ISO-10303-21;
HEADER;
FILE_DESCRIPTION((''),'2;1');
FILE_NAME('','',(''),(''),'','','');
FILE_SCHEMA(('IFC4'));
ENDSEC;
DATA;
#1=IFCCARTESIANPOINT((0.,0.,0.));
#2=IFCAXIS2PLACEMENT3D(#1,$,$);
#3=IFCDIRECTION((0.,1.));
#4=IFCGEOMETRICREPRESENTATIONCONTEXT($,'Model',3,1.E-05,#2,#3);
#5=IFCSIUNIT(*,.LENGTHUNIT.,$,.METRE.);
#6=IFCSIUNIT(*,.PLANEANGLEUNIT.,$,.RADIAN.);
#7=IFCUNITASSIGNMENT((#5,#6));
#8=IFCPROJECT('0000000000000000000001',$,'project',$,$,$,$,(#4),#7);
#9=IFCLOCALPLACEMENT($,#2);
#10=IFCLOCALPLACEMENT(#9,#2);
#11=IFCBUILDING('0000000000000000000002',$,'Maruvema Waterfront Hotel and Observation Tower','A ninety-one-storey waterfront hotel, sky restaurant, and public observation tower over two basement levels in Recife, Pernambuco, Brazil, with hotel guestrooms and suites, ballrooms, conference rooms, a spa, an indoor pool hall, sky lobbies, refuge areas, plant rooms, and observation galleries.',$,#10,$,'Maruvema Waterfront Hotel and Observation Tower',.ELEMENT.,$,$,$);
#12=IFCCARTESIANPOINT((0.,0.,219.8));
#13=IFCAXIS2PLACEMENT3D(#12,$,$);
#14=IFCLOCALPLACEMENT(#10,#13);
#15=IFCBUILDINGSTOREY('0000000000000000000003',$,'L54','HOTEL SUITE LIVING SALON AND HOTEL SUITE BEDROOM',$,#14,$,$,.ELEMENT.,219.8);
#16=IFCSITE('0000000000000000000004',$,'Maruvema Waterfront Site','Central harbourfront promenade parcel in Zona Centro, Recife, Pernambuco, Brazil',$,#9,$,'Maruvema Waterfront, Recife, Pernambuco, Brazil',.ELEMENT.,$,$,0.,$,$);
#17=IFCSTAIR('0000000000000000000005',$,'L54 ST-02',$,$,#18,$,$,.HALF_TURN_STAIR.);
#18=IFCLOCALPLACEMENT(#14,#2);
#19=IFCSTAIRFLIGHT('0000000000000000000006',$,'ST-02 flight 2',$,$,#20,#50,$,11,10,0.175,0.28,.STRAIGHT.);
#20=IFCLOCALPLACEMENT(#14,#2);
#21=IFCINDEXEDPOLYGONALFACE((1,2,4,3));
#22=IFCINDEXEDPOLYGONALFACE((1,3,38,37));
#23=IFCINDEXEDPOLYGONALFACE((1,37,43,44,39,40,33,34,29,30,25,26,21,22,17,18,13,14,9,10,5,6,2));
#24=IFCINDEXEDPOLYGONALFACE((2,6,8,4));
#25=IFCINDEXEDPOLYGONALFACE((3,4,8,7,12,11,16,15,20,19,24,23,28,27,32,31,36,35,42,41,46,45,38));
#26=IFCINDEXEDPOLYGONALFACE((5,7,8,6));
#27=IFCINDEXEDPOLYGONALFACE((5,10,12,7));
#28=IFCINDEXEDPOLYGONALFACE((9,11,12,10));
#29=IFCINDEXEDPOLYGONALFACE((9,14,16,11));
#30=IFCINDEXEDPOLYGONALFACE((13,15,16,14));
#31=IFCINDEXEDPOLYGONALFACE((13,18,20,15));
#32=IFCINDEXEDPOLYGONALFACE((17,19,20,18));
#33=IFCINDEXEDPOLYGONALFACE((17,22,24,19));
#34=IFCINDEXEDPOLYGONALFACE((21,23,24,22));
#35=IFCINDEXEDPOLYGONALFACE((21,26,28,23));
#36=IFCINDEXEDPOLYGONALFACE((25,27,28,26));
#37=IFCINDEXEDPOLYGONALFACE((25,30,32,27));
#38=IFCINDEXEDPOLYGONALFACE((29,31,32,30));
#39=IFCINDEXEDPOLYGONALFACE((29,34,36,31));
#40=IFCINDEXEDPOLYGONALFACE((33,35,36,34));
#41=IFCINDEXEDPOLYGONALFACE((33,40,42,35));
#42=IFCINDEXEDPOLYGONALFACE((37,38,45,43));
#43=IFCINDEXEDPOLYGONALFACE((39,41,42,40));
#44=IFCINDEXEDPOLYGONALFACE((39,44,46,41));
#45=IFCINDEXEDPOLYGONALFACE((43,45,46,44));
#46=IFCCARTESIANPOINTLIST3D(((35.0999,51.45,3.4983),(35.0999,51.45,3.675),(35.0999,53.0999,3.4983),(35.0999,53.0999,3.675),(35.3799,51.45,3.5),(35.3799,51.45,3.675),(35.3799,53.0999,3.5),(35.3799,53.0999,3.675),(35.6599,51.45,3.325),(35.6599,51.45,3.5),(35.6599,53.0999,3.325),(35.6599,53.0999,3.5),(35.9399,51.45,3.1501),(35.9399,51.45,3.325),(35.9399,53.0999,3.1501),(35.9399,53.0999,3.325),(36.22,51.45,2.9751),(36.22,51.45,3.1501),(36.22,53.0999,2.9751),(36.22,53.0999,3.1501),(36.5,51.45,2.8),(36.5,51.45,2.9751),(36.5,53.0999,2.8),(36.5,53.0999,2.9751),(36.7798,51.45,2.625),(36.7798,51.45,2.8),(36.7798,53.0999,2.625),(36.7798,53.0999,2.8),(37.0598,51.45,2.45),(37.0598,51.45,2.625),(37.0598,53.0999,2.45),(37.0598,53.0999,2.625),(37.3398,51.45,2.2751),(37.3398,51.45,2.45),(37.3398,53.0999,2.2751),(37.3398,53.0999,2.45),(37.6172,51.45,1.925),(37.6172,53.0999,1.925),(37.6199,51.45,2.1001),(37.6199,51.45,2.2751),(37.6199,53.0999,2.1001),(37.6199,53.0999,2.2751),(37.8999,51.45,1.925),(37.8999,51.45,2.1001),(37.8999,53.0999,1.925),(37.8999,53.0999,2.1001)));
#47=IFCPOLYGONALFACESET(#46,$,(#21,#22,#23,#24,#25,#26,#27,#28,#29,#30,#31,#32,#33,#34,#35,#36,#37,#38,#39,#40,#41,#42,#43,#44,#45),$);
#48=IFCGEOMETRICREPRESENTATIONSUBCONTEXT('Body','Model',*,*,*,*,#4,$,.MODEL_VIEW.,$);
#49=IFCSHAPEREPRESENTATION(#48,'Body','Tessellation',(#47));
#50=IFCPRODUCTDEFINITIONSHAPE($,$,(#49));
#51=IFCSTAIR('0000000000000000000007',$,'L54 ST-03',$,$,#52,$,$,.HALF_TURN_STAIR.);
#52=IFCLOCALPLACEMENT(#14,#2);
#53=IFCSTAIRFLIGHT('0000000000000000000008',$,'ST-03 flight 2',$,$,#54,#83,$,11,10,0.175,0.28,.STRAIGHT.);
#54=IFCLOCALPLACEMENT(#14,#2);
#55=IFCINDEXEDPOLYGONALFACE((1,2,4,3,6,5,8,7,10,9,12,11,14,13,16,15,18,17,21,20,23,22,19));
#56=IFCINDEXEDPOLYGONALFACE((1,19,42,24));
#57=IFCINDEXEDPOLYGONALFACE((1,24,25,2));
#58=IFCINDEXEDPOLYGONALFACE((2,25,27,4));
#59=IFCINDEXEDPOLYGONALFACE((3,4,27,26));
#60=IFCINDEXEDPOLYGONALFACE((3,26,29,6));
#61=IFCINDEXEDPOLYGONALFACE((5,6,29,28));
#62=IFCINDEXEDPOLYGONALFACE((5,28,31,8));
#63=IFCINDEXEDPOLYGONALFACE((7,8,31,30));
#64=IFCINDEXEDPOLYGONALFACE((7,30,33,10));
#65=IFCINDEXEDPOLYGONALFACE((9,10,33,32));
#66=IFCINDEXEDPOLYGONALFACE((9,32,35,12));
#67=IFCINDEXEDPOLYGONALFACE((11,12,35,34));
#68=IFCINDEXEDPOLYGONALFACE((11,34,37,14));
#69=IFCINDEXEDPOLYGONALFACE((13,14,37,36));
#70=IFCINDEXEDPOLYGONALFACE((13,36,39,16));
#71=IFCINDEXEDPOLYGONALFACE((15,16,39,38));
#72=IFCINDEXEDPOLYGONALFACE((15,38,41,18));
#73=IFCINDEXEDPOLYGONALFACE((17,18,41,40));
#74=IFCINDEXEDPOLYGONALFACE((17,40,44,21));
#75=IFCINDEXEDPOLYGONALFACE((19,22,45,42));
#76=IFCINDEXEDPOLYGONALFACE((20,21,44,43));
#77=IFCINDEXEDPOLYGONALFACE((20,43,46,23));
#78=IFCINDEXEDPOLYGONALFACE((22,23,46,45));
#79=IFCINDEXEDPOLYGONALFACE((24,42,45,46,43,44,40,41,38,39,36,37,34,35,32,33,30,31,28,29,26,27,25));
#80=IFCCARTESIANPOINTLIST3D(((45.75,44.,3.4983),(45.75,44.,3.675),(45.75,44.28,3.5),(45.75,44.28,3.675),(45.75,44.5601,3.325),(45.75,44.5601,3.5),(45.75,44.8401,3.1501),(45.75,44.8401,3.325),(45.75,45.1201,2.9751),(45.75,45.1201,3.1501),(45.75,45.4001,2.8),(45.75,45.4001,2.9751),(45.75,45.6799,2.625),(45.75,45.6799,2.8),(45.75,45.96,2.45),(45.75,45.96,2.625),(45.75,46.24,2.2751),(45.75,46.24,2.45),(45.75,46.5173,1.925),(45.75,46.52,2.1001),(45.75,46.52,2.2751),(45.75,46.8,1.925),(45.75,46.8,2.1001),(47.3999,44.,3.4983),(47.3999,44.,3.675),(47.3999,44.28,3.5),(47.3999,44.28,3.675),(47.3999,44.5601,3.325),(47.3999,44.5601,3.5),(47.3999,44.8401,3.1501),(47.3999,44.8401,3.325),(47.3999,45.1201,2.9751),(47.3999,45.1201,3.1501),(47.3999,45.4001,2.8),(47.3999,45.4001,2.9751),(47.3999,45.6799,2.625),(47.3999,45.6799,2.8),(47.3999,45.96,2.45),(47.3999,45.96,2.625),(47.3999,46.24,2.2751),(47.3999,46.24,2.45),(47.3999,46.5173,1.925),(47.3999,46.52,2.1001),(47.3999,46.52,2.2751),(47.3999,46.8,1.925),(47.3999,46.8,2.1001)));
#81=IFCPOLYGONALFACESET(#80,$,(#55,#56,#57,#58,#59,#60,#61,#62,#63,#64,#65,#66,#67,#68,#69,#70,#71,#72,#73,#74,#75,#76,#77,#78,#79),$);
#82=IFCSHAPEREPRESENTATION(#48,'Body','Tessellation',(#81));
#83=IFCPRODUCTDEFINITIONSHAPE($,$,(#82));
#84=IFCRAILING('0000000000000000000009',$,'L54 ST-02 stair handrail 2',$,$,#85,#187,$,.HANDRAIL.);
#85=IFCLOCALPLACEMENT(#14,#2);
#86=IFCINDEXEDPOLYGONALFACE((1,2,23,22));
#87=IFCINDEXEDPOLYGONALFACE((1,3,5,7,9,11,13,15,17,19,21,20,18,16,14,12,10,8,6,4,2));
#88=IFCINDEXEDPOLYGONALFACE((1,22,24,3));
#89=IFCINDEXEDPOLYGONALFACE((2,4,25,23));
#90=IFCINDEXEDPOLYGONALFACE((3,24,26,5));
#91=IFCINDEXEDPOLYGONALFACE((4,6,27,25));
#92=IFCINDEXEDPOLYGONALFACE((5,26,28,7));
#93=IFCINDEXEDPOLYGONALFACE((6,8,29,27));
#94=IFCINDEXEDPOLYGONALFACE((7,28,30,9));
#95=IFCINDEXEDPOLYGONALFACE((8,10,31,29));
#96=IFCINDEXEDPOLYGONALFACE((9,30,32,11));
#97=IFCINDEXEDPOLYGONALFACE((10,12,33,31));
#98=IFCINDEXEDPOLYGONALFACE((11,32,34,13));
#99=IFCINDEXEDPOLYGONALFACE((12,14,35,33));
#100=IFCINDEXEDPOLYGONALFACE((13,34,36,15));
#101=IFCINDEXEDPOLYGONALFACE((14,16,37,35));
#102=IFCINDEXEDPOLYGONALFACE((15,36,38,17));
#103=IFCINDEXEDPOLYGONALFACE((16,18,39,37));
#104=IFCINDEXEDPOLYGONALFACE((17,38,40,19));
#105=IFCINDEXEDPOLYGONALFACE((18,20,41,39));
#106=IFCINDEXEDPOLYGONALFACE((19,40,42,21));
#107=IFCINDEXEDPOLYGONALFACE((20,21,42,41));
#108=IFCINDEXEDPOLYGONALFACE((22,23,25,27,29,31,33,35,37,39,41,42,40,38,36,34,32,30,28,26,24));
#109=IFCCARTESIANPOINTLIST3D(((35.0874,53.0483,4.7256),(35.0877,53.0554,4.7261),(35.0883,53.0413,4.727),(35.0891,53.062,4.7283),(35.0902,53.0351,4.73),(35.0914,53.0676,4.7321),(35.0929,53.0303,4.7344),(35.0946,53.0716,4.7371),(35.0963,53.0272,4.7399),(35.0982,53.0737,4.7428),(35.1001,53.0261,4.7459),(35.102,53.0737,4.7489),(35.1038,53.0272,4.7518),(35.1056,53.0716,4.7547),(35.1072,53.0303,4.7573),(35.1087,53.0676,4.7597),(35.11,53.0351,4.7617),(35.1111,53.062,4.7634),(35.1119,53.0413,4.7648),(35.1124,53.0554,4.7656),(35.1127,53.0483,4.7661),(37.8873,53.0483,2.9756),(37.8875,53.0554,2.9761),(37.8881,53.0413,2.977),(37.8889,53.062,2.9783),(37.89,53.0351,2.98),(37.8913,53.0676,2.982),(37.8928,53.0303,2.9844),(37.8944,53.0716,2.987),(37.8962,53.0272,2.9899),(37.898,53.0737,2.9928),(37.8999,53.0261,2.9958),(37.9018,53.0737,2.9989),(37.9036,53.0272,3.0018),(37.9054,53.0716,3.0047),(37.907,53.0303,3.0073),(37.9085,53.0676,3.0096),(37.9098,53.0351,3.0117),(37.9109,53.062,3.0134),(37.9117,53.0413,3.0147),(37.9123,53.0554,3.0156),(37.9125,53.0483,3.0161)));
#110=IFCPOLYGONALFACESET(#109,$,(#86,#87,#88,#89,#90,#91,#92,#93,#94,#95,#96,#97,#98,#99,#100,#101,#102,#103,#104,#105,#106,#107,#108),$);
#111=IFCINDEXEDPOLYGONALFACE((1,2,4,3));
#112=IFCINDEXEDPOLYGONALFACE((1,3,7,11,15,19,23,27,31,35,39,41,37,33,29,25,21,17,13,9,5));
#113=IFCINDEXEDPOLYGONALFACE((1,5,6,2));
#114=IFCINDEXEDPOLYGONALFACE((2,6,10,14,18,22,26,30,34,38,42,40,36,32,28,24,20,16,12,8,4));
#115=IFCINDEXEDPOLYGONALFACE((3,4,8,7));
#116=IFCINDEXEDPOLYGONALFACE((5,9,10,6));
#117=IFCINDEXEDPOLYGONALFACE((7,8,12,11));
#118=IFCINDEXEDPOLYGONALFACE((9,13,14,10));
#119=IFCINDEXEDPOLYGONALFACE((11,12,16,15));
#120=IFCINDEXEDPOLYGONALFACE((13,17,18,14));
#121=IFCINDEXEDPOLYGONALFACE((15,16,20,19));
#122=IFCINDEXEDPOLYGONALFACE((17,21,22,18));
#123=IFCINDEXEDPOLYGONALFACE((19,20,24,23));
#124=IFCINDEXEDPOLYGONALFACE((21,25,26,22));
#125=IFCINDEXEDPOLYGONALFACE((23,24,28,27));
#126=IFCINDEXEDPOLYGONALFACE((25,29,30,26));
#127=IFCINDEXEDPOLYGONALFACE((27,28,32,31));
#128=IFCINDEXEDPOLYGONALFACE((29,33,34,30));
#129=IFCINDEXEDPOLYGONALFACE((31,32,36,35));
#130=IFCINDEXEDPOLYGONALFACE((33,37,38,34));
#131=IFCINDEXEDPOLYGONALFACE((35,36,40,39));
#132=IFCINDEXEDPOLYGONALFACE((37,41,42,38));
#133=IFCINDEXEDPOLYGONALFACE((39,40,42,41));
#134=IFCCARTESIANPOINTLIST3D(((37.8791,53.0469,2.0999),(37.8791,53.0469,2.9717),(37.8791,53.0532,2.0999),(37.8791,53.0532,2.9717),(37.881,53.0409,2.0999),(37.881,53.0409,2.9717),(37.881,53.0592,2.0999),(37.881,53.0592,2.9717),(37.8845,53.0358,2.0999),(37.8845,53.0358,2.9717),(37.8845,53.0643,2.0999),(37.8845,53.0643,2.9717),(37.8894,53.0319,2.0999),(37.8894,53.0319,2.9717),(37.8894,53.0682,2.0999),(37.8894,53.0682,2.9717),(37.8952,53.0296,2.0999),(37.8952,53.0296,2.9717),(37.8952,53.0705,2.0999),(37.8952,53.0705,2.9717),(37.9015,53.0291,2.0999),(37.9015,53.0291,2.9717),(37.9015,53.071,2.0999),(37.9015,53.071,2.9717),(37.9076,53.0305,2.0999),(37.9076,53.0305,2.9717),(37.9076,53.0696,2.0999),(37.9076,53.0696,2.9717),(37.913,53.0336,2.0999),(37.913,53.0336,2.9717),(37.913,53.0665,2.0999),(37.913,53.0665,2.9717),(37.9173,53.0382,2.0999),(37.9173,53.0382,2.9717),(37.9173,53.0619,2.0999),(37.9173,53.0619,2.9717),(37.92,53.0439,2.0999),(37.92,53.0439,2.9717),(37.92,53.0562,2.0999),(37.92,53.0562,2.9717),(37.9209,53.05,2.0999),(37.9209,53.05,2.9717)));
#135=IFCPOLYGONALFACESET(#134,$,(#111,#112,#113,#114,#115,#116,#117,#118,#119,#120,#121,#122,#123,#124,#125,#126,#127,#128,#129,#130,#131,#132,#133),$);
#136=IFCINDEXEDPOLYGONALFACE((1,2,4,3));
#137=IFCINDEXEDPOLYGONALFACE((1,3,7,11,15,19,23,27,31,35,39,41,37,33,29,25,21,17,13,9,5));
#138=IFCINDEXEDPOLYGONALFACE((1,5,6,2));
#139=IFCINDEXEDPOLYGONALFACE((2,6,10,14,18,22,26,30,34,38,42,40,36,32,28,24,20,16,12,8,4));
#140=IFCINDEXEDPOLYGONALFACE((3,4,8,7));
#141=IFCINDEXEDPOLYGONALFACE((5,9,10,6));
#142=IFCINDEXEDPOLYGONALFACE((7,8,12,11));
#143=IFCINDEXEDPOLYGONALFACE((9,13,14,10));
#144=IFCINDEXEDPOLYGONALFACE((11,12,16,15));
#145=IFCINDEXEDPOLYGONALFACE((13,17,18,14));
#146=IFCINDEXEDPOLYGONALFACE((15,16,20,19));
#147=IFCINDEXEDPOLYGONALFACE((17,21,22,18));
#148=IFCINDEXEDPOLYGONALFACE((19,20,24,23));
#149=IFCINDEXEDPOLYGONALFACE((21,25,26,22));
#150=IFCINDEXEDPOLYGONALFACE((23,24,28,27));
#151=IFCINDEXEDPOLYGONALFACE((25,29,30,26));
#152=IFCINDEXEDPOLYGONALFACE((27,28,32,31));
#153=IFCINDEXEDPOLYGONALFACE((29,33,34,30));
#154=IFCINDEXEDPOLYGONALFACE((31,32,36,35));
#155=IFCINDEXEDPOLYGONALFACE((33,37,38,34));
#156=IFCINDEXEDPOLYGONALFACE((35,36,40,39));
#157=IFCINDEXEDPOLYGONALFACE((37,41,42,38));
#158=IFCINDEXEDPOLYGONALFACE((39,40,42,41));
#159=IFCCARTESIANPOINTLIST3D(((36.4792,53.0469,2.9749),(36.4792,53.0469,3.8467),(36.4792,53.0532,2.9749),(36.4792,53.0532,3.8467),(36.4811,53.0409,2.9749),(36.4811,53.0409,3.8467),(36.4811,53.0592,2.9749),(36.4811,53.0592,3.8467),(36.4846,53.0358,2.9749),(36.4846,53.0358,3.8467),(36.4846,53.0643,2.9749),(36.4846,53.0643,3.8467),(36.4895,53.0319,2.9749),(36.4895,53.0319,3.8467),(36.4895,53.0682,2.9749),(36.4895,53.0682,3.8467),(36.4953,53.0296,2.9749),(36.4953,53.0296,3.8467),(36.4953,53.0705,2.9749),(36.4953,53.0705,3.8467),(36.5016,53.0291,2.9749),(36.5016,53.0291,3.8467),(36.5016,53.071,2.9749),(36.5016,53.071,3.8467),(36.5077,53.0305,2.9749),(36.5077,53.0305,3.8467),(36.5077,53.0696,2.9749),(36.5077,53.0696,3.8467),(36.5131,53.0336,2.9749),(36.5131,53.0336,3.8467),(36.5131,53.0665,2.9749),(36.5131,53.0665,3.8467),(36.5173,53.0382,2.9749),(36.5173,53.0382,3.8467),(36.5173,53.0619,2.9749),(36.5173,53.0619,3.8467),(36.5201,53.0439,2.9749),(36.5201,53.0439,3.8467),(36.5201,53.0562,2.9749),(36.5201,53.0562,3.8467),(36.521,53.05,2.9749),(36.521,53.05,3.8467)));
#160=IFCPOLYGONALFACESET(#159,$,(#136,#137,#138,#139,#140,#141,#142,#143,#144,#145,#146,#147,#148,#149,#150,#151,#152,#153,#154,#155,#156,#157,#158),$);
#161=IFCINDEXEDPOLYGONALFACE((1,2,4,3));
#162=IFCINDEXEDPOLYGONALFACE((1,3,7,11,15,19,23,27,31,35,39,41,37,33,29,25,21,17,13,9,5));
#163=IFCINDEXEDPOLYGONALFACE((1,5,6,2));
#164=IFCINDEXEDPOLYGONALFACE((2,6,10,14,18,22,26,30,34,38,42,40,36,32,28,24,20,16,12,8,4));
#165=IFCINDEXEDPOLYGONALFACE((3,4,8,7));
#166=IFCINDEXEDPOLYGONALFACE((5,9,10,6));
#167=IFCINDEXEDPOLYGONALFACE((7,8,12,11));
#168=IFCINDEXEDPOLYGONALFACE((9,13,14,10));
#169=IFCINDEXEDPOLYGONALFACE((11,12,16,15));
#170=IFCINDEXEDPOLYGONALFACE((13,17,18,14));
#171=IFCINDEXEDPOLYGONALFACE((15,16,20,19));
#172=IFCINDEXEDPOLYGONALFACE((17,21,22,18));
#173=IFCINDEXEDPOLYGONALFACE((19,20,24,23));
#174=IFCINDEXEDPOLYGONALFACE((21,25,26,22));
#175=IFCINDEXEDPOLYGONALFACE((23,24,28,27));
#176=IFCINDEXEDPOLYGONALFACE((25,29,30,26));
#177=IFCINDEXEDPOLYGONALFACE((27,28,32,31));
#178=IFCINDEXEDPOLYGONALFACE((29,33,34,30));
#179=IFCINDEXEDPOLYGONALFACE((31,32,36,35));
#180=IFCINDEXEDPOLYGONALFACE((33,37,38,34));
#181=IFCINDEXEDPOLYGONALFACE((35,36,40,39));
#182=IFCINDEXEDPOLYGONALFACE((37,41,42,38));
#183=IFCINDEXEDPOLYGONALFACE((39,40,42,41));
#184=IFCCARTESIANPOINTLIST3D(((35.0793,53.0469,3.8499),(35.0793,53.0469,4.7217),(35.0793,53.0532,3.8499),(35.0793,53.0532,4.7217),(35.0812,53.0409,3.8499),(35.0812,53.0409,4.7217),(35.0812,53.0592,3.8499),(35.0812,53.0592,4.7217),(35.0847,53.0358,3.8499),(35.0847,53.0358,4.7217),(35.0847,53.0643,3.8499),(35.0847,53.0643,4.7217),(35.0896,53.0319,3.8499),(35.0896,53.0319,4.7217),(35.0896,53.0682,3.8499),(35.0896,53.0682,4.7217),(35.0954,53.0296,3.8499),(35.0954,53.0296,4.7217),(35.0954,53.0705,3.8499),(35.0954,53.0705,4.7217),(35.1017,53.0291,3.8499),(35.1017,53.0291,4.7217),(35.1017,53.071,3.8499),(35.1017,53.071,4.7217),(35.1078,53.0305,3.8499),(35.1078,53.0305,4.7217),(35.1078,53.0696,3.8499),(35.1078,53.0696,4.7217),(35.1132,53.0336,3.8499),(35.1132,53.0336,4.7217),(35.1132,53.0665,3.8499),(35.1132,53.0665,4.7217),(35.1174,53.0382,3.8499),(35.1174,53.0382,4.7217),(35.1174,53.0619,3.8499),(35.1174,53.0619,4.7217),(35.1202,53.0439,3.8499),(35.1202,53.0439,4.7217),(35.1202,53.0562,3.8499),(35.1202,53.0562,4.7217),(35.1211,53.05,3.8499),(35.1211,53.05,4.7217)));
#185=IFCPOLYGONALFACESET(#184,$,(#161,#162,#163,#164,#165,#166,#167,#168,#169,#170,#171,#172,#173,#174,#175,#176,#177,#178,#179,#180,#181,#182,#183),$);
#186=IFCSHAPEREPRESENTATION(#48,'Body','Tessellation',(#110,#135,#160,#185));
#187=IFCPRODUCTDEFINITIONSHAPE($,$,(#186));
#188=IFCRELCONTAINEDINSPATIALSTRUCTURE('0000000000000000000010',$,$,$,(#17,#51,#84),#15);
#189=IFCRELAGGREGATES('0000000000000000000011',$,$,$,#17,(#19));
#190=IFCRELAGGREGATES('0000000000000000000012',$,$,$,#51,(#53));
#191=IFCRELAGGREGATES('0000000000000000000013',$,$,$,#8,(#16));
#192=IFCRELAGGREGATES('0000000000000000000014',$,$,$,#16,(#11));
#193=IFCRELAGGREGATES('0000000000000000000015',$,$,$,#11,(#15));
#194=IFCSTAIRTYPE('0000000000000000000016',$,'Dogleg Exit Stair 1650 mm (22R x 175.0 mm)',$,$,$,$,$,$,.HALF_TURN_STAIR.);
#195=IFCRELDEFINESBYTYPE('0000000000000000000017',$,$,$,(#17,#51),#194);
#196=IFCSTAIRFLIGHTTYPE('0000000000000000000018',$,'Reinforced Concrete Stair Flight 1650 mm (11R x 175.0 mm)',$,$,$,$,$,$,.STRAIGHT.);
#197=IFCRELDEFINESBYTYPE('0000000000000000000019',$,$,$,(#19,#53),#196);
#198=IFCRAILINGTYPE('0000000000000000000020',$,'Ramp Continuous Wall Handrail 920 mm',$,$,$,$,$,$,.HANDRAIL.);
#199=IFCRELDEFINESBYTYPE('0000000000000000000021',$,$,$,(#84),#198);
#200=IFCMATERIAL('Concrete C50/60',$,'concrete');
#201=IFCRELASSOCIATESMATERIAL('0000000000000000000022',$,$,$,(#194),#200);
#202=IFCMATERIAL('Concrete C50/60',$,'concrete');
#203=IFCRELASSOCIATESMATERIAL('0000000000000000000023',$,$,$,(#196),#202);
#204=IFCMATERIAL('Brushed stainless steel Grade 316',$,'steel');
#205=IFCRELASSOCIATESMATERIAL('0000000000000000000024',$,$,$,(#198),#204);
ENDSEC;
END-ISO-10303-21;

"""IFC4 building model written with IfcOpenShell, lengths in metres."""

from ifc_helpers import new_model, si_unit, direction, frame, origin, origin_2d, place, context, subcontext, project, spatial, polyline, circle, outline, extrude, material, type_object, element, aggregate, save


model = new_model("IFC4")

# Units and contexts
model_context = context("Model", 3, precision=1e-05, world=origin(), true_north=direction((0.0, 1.0)))
body_context = subcontext(model_context, "Body", "Model", "MODEL_VIEW")
ifc_project = project(units=[si_unit("LENGTHUNIT", "METRE"), si_unit("PLANEANGLEUNIT", "RADIAN")], contexts=[model_context])

# Site, building, storey
site_placement = place(None, origin())
site = spatial("IfcSite", under=ifc_project, at=site_placement, Name="Maruvema Waterfront Site", Description="Central harbourfront promenade parcel in Zona Centro, Recife, Pernambuco, Brazil", LongName="Maruvema Waterfront, Recife, Pernambuco, Brazil", CompositionType="ELEMENT", RefElevation=0.0)
building_placement = place(site_placement, origin())
building = spatial("IfcBuilding", under=site, at=building_placement, Name="Maruvema Waterfront Hotel and Observation Tower", Description="A ninety-one-storey waterfront hotel, sky restaurant, and public observation tower over two basement levels in Recife, Pernambuco, Brazil, with hotel guestrooms and suites, ballrooms, conference rooms, a spa, an indoor pool hall, sky lobbies, refuge areas, plant rooms, and observation galleries.", LongName="Maruvema Waterfront Hotel and Observation Tower", CompositionType="ELEMENT")
storey_placement = place(building_placement, frame((0.0, 0.0, 219.8)))
storey = spatial("IfcBuildingStorey", under=building, at=storey_placement, Name="L54", Description="HOTEL SUITE LIVING SALON AND HOTEL SUITE BEDROOM", CompositionType="ELEMENT", Elevation=219.8)

# Stairs, stair flights
ifc_material_1 = material(Name="Concrete C50/60", Category="concrete")
stair_type = type_object("IfcStairType", Name="Dogleg Exit Stair 1650 mm (22R x 175.0 mm)", PredefinedType="HALF_TURN_STAIR", material=ifc_material_1)
stair_1_placement = place(storey_placement, origin())
stair_1 = element("IfcStair", 1, at=stair_1_placement, inside=storey, type_object=stair_type, Name="L54 ST-02", PredefinedType="HALF_TURN_STAIR")
ifc_material_2 = material(Name="Concrete C50/60", Category="concrete")
stair_flight_type = type_object("IfcStairFlightType", Name="Reinforced Concrete Stair Flight 1650 mm (11R x 175.0 mm)", PredefinedType="STRAIGHT", material=ifc_material_2)
stair_flight_1_placement = place(storey_placement, frame((37.8999, 52.2749, 1.925), z_axis=(0.0, 0.0, 1.0), x_axis=(-1.0, 0.0, 0.0)))
stair_flight_1 = element("IfcStairFlight", 2, at=stair_flight_1_placement, type_object=stair_flight_type, Name="ST-02 flight 2", NumberOfRisers=11, NumberOfTreads=10, PredefinedType="STRAIGHT", RiserHeight=0.175, TreadLength=0.28, context=body_context, shape_type="SweptSolid", body=[
    extrude(outline(polyline([(0.0, 0.0), (0.0, 0.175), (0.28, 0.175), (0.28, 0.3501), (0.5601, 0.3501), (0.5601, 0.5249), (0.8401, 0.5249), (0.8401, 0.7), (1.1201, 0.7), (1.1201, 0.875), (1.3999, 0.875), (1.3999, 1.05), (1.6799, 1.05), (1.6799, 1.2251), (1.96, 1.2251), (1.96, 1.3999), (2.24, 1.3999), (2.24, 1.575), (2.52, 1.575), (2.52, 1.75), (2.8, 1.75), (2.8, 1.925), (2.8, 1.5732), (0.2827, 0.0), (0.0, 0.0)])), frame((0.0, 0.825, 0.0), z_axis=(0.0, -1.0, 0.0), x_axis=(1.0, 0.0, 0.0)), (0.0, 0.0, 1.0), 1.6499),
])
aggregate(stair_1, [stair_flight_1])
stair_2_placement = place(storey_placement, origin())
stair_2 = element("IfcStair", 3, at=stair_2_placement, inside=storey, type_object=stair_type, Name="L54 ST-03", PredefinedType="HALF_TURN_STAIR")
stair_flight_2_placement = place(storey_placement, frame((46.575, 46.8, 1.925), z_axis=(0.0, 0.0, 1.0), x_axis=(0.0, -1.0, 0.0)))
stair_flight_2 = element("IfcStairFlight", 4, at=stair_flight_2_placement, type_object=stair_flight_type, Name="ST-03 flight 2", NumberOfRisers=11, NumberOfTreads=10, PredefinedType="STRAIGHT", RiserHeight=0.175, TreadLength=0.28, context=body_context, shape_type="SweptSolid", body=[
    extrude(outline(polyline([(0.0, 0.0), (0.0, 0.175), (0.28, 0.175), (0.28, 0.3501), (0.5601, 0.3501), (0.5601, 0.5249), (0.8401, 0.5249), (0.8401, 0.7), (1.1201, 0.7), (1.1201, 0.875), (1.3999, 0.875), (1.3999, 1.05), (1.6799, 1.05), (1.6799, 1.2251), (1.96, 1.2251), (1.96, 1.3999), (2.24, 1.3999), (2.24, 1.575), (2.52, 1.575), (2.52, 1.75), (2.8, 1.75), (2.8, 1.925), (2.8, 1.5732), (0.2827, 0.0), (0.0, 0.0)])), frame((0.0, 0.825, 0.0), z_axis=(0.0, -1.0, 0.0), x_axis=(1.0, 0.0, 0.0)), (0.0, 0.0, 1.0), 1.6499),
])
aggregate(stair_2, [stair_flight_2])

# Railing
ifc_material_3 = material(Name="Brushed stainless steel Grade 316", Category="steel")
railing_type_1 = type_object("IfcRailingType", Name="Ramp Continuous Wall Handrail 920 mm", PredefinedType="HANDRAIL", material=ifc_material_3)
railing_1_placement = place(storey_placement, frame((37.8999, 53.05, 2.0999)))
element("IfcRailing", 5, at=railing_1_placement, inside=storey, type_object=railing_type_1, Name="L54 ST-02 stair handrail 2", PredefinedType="HANDRAIL", context=body_context, shape_type="SweptSolid", body=[
    extrude(circle(Radius=0.0239, at=origin_2d()), frame((0.0, 0.0, 0.896), z_axis=(-0.847982, 0.0, 0.530026), x_axis=(0.0, -1.0, 0.0)), (0.0, 0.0, 1.0), 3.3018),
    extrude(circle(Radius=0.021, at=origin_2d()), origin(), (0.0, 0.0, 1.0), 0.8718),
    extrude(circle(Radius=0.021, at=origin_2d()), frame((-1.3999, 0.0, 0.875)), (0.0, 0.0, 1.0), 0.8718),
    extrude(circle(Radius=0.021, at=origin_2d()), frame((-2.7998, 0.0, 1.75)), (0.0, 0.0, 1.0), 0.8718),
])

save(model, "model.ifc")
